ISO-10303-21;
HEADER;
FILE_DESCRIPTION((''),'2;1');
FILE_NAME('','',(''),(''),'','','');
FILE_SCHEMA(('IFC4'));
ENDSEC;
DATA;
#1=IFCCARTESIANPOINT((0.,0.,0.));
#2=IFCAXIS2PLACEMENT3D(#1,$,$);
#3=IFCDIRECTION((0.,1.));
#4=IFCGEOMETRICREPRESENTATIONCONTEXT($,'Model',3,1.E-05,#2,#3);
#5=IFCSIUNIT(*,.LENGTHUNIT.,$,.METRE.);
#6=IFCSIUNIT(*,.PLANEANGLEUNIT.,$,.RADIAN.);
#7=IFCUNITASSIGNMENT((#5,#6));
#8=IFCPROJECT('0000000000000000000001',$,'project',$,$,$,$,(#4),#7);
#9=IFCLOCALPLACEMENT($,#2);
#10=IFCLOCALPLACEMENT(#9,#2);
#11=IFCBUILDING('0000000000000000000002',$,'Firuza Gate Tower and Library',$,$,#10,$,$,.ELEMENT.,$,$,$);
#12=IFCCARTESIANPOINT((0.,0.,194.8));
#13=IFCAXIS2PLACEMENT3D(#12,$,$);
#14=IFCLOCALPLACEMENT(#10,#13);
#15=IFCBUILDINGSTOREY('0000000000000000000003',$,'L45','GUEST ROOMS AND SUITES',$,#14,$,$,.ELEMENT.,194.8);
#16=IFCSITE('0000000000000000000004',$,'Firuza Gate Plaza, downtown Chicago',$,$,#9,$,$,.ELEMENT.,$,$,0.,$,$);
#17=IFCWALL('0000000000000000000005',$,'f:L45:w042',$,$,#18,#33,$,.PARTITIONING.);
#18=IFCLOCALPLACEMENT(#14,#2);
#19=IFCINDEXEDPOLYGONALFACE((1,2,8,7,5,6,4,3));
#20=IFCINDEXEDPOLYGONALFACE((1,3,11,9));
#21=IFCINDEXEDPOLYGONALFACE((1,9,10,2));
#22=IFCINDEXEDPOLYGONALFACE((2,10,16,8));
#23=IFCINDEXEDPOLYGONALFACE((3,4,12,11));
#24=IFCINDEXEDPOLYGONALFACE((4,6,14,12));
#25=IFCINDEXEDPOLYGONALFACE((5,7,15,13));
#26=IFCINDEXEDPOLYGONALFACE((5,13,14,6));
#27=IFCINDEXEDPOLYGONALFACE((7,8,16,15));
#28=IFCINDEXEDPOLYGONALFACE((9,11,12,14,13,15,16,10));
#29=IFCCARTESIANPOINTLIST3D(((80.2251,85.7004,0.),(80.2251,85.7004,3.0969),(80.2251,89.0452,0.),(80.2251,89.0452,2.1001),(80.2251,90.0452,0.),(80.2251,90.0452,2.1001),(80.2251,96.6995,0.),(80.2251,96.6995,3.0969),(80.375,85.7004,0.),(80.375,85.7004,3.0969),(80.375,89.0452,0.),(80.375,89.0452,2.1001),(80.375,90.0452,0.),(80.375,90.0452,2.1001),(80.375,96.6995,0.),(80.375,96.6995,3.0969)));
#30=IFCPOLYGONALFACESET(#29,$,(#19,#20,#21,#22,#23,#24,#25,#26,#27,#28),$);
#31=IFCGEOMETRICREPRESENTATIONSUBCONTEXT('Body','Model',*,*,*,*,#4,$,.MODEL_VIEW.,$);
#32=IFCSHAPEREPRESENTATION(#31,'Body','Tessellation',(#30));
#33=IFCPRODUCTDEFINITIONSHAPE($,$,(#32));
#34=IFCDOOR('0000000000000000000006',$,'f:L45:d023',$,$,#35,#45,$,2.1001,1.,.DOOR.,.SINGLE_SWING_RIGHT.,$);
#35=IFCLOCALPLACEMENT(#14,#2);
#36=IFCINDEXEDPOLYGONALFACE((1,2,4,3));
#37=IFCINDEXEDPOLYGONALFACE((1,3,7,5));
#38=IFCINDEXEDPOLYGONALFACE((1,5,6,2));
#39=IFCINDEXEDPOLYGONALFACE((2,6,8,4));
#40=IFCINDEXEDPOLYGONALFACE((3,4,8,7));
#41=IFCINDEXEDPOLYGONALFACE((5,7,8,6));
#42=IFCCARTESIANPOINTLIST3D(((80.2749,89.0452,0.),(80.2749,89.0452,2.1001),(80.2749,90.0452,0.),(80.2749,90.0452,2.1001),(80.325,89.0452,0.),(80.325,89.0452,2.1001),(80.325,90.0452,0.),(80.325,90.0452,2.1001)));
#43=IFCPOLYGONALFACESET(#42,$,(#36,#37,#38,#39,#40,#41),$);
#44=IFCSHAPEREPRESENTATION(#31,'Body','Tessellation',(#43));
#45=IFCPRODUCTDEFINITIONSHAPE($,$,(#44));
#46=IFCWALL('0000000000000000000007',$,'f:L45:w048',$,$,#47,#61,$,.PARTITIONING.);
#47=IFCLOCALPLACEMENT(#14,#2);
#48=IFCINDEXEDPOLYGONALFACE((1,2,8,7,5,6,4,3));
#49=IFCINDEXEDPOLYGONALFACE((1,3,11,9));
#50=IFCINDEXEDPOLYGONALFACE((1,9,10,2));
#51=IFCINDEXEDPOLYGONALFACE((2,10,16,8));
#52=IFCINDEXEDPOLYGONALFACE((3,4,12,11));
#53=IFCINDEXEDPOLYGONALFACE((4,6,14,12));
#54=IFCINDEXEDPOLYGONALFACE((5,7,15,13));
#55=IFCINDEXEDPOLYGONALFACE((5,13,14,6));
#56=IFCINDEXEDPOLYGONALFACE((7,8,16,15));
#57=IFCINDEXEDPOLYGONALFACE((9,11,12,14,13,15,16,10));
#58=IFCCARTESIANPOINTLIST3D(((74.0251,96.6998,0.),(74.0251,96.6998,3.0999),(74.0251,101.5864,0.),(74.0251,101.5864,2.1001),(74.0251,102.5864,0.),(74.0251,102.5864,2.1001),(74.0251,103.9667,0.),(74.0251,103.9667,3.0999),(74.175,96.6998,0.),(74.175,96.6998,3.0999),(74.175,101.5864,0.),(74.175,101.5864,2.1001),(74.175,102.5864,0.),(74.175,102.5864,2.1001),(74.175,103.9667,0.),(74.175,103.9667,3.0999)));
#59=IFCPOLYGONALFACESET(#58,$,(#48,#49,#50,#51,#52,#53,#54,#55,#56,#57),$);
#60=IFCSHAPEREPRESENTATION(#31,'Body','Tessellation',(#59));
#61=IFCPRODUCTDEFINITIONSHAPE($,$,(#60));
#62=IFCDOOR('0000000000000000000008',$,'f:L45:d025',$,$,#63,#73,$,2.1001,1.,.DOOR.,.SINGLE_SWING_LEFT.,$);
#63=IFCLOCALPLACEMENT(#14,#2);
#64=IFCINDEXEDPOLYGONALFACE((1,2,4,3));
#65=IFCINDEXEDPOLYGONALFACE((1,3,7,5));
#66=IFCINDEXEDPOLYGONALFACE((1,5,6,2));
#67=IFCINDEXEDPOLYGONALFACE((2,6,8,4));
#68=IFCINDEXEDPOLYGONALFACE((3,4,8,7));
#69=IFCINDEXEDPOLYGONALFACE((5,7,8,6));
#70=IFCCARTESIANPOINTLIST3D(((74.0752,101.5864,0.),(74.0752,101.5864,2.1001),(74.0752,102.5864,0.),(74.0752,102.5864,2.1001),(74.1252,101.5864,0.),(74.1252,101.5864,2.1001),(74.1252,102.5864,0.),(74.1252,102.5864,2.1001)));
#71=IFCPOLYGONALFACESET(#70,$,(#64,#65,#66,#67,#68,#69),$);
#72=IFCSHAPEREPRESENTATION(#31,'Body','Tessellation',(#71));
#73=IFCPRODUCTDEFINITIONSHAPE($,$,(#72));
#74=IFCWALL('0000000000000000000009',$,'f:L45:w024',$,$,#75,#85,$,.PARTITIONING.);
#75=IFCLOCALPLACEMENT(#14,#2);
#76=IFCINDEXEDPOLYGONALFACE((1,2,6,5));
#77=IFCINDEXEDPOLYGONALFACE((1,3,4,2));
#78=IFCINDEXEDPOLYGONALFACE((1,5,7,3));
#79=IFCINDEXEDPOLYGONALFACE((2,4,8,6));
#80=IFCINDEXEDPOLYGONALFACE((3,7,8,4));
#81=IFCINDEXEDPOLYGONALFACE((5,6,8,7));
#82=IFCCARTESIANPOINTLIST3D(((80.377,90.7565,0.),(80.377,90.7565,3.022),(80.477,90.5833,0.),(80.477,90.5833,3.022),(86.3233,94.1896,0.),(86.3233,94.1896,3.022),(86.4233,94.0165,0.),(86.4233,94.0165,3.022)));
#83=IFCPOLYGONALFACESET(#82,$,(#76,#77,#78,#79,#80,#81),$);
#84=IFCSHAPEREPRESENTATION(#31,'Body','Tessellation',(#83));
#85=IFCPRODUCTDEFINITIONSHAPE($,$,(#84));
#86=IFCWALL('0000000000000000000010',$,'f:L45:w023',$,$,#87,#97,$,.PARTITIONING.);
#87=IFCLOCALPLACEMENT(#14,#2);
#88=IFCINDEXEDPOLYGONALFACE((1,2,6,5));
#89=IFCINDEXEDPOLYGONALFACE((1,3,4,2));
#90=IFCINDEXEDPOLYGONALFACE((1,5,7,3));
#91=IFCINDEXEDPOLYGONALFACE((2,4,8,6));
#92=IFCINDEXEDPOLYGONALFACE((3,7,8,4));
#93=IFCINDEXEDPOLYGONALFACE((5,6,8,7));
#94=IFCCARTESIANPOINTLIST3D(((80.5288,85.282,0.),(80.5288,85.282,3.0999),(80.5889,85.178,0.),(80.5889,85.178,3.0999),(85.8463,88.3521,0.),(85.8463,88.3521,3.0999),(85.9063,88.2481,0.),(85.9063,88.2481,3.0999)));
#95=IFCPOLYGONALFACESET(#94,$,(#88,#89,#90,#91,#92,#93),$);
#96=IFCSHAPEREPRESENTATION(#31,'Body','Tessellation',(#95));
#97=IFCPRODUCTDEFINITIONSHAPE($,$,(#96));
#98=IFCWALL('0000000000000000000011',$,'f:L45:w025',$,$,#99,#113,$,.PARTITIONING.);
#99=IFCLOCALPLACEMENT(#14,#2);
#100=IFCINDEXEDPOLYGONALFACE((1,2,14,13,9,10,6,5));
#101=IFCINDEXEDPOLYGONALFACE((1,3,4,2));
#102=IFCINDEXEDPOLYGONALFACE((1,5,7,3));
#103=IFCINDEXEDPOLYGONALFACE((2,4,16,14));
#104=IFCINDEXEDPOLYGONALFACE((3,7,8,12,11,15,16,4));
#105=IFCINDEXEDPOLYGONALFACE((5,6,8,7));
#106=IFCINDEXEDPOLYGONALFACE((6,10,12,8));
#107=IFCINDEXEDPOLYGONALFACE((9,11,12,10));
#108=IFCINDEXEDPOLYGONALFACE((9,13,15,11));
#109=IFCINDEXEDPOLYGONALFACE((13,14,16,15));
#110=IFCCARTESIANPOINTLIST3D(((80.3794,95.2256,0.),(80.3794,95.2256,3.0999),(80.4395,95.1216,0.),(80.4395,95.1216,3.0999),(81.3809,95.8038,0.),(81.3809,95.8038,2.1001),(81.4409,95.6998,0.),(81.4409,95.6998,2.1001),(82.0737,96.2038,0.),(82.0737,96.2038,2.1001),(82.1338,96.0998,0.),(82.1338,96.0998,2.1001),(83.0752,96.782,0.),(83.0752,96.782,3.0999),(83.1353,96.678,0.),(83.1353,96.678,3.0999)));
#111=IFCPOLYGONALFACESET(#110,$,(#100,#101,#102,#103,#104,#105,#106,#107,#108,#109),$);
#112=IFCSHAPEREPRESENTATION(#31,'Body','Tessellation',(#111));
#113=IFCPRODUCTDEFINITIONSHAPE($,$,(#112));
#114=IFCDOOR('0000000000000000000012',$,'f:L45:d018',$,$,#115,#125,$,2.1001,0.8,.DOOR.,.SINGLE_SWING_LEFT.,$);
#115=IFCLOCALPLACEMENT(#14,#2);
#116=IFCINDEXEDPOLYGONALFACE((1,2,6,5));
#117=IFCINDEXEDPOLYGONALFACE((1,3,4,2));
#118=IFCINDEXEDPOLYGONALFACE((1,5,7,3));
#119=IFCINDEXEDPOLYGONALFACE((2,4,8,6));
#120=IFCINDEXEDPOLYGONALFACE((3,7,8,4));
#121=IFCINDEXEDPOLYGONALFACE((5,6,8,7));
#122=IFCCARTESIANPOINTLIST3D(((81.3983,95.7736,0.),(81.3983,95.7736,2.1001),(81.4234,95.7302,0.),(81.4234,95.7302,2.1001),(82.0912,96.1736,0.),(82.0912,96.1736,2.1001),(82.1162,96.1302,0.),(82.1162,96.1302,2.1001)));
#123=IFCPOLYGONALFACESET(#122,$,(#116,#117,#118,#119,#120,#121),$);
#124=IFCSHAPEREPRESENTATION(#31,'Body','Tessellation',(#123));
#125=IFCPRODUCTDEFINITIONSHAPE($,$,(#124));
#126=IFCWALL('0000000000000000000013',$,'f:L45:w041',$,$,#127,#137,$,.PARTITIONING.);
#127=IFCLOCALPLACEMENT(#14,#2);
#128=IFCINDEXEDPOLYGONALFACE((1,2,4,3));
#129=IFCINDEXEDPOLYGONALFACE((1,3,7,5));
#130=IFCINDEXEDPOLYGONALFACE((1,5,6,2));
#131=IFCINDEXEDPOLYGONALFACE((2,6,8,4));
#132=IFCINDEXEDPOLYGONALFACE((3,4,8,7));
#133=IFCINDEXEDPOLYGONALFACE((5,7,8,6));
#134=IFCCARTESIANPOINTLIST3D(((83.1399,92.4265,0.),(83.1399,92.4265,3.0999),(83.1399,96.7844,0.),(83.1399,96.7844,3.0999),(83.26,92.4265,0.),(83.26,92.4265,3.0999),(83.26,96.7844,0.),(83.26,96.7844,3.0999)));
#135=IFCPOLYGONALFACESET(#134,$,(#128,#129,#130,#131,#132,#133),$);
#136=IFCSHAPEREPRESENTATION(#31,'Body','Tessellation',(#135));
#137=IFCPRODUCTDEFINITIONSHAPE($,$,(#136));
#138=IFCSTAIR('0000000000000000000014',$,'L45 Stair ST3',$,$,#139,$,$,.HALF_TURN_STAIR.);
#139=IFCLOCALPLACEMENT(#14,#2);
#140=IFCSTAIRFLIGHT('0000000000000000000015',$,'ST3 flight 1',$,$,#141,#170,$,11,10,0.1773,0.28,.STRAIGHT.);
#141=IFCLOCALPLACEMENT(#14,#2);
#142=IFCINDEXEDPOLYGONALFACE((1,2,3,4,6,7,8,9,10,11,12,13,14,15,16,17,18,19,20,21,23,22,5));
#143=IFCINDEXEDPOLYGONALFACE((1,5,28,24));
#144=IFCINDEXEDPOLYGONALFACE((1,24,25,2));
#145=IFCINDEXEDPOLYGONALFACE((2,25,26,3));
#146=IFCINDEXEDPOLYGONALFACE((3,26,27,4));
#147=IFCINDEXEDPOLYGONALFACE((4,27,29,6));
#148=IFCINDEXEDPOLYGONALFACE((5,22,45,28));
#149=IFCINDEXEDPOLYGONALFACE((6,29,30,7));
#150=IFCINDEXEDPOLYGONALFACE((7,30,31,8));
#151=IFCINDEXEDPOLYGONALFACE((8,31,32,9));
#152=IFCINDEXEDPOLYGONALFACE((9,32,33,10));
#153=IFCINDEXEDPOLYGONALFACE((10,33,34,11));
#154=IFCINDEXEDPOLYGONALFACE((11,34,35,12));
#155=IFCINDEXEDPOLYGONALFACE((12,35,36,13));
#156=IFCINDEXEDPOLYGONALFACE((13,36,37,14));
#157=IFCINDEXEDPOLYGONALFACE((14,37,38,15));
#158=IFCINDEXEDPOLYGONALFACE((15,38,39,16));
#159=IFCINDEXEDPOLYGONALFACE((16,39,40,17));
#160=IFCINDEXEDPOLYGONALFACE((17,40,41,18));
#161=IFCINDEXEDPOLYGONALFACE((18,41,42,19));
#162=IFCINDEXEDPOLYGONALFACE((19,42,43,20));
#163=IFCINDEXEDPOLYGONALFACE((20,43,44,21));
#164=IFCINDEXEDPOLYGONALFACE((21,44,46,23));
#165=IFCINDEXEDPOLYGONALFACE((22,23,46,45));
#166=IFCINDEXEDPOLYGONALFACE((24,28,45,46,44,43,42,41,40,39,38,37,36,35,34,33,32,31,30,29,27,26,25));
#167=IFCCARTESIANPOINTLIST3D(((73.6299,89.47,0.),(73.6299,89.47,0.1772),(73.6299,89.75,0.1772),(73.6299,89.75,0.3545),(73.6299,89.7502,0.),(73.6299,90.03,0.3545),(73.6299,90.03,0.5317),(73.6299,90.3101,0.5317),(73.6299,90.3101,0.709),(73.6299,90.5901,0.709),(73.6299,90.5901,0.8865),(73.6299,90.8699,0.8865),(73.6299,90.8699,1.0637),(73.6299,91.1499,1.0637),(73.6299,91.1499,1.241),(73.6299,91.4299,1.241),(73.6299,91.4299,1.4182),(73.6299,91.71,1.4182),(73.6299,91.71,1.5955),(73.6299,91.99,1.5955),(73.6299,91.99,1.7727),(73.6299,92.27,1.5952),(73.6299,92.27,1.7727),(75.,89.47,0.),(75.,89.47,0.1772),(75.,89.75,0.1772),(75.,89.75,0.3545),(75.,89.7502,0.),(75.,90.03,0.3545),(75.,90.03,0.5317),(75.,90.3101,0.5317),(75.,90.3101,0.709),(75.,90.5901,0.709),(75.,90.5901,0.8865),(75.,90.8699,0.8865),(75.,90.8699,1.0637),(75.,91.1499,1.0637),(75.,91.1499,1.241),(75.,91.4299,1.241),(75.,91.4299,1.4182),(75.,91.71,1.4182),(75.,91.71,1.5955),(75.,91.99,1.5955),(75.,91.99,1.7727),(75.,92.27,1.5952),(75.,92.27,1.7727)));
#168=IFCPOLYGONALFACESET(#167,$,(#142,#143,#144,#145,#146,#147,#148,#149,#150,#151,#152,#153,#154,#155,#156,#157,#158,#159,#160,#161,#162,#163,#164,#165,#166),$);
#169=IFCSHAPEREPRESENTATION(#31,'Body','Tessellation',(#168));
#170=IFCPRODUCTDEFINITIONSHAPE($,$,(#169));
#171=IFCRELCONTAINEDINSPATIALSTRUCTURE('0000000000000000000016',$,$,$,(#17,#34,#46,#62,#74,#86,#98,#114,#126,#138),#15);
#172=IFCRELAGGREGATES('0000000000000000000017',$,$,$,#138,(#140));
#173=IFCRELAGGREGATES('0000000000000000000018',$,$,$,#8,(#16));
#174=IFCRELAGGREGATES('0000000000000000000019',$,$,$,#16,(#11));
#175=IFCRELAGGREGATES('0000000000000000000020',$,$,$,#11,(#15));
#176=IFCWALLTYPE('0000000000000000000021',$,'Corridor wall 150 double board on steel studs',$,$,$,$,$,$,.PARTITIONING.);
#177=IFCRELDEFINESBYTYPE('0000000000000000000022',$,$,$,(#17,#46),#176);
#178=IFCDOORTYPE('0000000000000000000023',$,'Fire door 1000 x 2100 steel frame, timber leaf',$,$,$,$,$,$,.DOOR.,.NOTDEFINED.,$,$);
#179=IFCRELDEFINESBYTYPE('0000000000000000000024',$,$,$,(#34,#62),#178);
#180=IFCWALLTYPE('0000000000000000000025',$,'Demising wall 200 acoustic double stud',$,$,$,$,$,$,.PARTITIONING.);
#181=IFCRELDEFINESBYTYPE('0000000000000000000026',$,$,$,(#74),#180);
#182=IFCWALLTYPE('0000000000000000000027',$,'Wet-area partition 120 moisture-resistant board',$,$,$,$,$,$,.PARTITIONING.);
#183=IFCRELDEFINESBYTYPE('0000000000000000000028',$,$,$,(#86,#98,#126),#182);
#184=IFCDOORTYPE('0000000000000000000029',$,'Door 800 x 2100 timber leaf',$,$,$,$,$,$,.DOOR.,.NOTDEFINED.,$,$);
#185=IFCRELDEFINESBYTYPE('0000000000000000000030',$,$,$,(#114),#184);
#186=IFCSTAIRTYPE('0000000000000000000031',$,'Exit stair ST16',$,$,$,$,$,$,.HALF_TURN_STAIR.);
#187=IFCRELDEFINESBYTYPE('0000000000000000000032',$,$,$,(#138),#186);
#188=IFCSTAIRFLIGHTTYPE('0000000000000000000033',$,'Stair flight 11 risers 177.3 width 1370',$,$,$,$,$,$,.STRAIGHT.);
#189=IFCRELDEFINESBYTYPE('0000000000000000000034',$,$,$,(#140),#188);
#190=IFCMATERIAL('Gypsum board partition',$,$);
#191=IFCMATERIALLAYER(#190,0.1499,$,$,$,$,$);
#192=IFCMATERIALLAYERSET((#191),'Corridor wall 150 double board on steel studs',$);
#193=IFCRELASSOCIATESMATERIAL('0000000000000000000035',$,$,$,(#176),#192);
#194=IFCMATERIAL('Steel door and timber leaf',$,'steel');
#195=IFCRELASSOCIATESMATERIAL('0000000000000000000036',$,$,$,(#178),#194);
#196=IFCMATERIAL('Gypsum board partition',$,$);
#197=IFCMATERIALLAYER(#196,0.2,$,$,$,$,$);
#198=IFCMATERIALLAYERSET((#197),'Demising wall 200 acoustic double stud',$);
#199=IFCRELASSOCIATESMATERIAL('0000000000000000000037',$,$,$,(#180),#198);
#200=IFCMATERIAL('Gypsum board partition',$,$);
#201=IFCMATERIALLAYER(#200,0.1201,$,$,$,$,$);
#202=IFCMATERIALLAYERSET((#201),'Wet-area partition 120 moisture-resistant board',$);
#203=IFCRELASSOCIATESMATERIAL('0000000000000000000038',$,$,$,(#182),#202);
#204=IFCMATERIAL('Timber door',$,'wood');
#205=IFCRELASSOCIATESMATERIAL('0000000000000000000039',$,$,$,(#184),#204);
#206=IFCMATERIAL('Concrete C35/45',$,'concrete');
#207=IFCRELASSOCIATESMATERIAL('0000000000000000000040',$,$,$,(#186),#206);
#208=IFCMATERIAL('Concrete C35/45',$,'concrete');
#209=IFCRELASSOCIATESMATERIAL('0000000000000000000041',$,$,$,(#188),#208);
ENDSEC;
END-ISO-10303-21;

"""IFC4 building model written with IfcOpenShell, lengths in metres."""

from ifc_helpers import new_model, si_unit, direction, frame, frame_2d, origin, place, context, subcontext, project, spatial, polyline, rectangle, outline, extrude, material, layer, layer_set, type_object, element, fill, aggregate, save


model = new_model("IFC4")

# Units and contexts
model_context = context("Model", 3, precision=1e-05, world=origin(), true_north=direction((0.0, 1.0)))
body_context = subcontext(model_context, "Body", "Model", "MODEL_VIEW")
ifc_project = project(units=[si_unit("LENGTHUNIT", "METRE"), si_unit("PLANEANGLEUNIT", "RADIAN")], contexts=[model_context])

# Site, building, storey
site_placement = place(None, origin())
site = spatial("IfcSite", under=ifc_project, at=site_placement, Name="Firuza Gate Plaza, downtown Chicago", CompositionType="ELEMENT", RefElevation=0.0)
building_placement = place(site_placement, origin())
building = spatial("IfcBuilding", under=site, at=building_placement, Name="Firuza Gate Tower and Library", CompositionType="ELEMENT")
storey_placement = place(building_placement, frame((0.0, 0.0, 194.8)))
storey = spatial("IfcBuildingStorey", under=building, at=storey_placement, Name="L45", Description="GUEST ROOMS AND SUITES", CompositionType="ELEMENT", Elevation=194.8)

# Shared definitions
placement = place(storey_placement, origin())

# Walls, openings, doors
ifc_material_1 = material(Name="Gypsum board partition")
ifc_layer_1 = layer(ifc_material_1, 0.1499)
ifc_layer_set_1 = layer_set([ifc_layer_1], Name="Corridor wall 150 double board on steel studs")
wall_type_1 = type_object("IfcWallType", Name="Corridor wall 150 double board on steel studs", PredefinedType="PARTITIONING", material=ifc_layer_set_1)
ifc_material_2 = material(Name="Steel door and timber leaf", Category="steel")
door_type_1 = type_object("IfcDoorType", Name="Fire door 1000 x 2100 steel frame, timber leaf", OperationType="NOTDEFINED", PredefinedType="DOOR", material=ifc_material_2)
wall_1_placement = place(storey_placement, frame((80.3, 96.6995, 0.0), z_axis=(0.0, 0.0, 1.0), x_axis=(0.0, -1.0, 0.0)))
wall_1 = element("IfcWall", 1, at=wall_1_placement, inside=storey, type_object=wall_type_1, Name="f:L45:w042", PredefinedType="PARTITIONING", context=body_context, shape_type="SweptSolid", body=[
    extrude(rectangle(XDim=10.999, YDim=0.1499, at=frame_2d((5.4995, 0.0))), origin(), (0.0, 0.0, 1.0), 3.0969),
])
opening_1_placement = place(wall_1_placement, frame((6.6543, 0.0, 0.0)))
opening_1 = element("IfcOpeningElement", 2, at=opening_1_placement, cuts=wall_1, PredefinedType="OPENING", context=body_context, shape_type="SweptSolid", body=[
    extrude(rectangle(XDim=1.0, YDim=2.1001, at=frame_2d((0.5, 1.05))), frame((0.0, 0.085, 0.0), z_axis=(0.0, -1.0, 0.0), x_axis=(1.0, 0.0, 0.0)), (0.0, 0.0, 1.0), 0.1699),
])
door_1_placement = place(opening_1_placement, origin())
door_1 = element("IfcDoor", 3, at=door_1_placement, inside=storey, type_object=door_type_1, Name="f:L45:d023", OperationType="SINGLE_SWING_RIGHT", OverallHeight=2.1001, OverallWidth=1.0, PredefinedType="DOOR", context=body_context, shape_type="SweptSolid", body=[
    extrude(rectangle(XDim=1.0, YDim=2.1001, at=frame_2d((0.5, 1.05))), frame((0.0, 0.0249, 0.0), z_axis=(0.0, -1.0, 0.0), x_axis=(1.0, 0.0, 0.0)), (0.0, 0.0, 1.0), 0.05),
])
fill(opening_1, door_1)
wall_2_placement = place(storey_placement, frame((74.1001, 96.7, 0.0), z_axis=(0.0, 0.0, 1.0), x_axis=(0.0, 1.0, 0.0)))
wall_2 = element("IfcWall", 4, at=wall_2_placement, inside=storey, type_object=wall_type_1, Name="f:L45:w048", PredefinedType="PARTITIONING", context=body_context, shape_type="SweptSolid", body=[
    extrude(rectangle(XDim=7.2668, YDim=0.1499, at=frame_2d((3.6333, 0.0))), origin(), (0.0, 0.0, 1.0), 3.0999),
])
opening_2_placement = place(wall_2_placement, frame((4.8865, 0.0, 0.0)))
opening_2 = element("IfcOpeningElement", 5, at=opening_2_placement, cuts=wall_2, PredefinedType="OPENING", context=body_context, shape_type="SweptSolid", body=[
    extrude(rectangle(XDim=1.0, YDim=2.1001, at=frame_2d((0.5, 1.05))), frame((0.0, 0.085, 0.0), z_axis=(0.0, -1.0, 0.0), x_axis=(1.0, 0.0, 0.0)), (0.0, 0.0, 1.0), 0.1699),
])
door_2_placement = place(opening_2_placement, origin())
door_2 = element("IfcDoor", 6, at=door_2_placement, inside=storey, type_object=door_type_1, Name="f:L45:d025", OperationType="SINGLE_SWING_LEFT", OverallHeight=2.1001, OverallWidth=1.0, PredefinedType="DOOR", context=body_context, shape_type="SweptSolid", body=[
    extrude(rectangle(XDim=1.0, YDim=2.1001, at=frame_2d((0.5, 1.05))), frame((0.0, 0.0249, 0.0), z_axis=(0.0, -1.0, 0.0), x_axis=(1.0, 0.0, 0.0)), (0.0, 0.0, 1.0), 0.05),
])
fill(opening_2, door_2)

# Walls
ifc_material_3 = material(Name="Gypsum board partition")
ifc_layer_2 = layer(ifc_material_3, 0.2)
ifc_layer_set_2 = layer_set([ifc_layer_2], Name="Demising wall 200 acoustic double stud")
wall_type_2 = type_object("IfcWallType", Name="Demising wall 200 acoustic double stud", PredefinedType="PARTITIONING", material=ifc_layer_set_2)
wall_3_placement = place(storey_placement, frame((80.427, 90.6699, 0.0), z_axis=(0.0, 0.0, 1.0), x_axis=(0.866025, 0.500002, 0.0)))
element("IfcWall", 7, at=wall_3_placement, inside=storey, type_object=wall_type_2, Name="f:L45:w024", PredefinedType="PARTITIONING", context=body_context, shape_type="SweptSolid", body=[
    extrude(rectangle(XDim=6.8662, YDim=0.2, at=frame_2d((3.4331, 0.0))), origin(), (0.0, 0.0, 1.0), 3.022),
])
ifc_material_4 = material(Name="Gypsum board partition")
ifc_layer_3 = layer(ifc_material_4, 0.1201)
ifc_layer_set_3 = layer_set([ifc_layer_3], Name="Wet-area partition 120 moisture-resistant board")
wall_type_3 = type_object("IfcWallType", Name="Wet-area partition 120 moisture-resistant board", PredefinedType="PARTITIONING", material=ifc_layer_set_3)
wall_4_placement = place(storey_placement, frame((80.5588, 85.23, 0.0), z_axis=(0.0, 0.0, 1.0), x_axis=(0.86602, 0.500009, 0.0)))
element("IfcWall", 8, at=wall_4_placement, inside=storey, type_object=wall_type_3, Name="f:L45:w023", PredefinedType="PARTITIONING", context=body_context, shape_type="SweptSolid", body=[
    extrude(rectangle(XDim=6.1401, YDim=0.1201, at=frame_2d((3.0701, 0.0))), origin(), (0.0, 0.0, 1.0), 3.0999),
])

# Wall, opening, door
wall_5_placement = place(storey_placement, frame((83.1052, 96.73, 0.0), z_axis=(0.0, 0.0, 1.0), x_axis=(-0.866029, -0.499994, 0.0)))
wall_5 = element("IfcWall", 9, at=wall_5_placement, inside=storey, type_object=wall_type_3, Name="f:L45:w025", PredefinedType="PARTITIONING", context=body_context, shape_type="SweptSolid", body=[
    extrude(rectangle(XDim=3.1128, YDim=0.1201, at=frame_2d((1.5564, 0.0))), origin(), (0.0, 0.0, 1.0), 3.0999),
])
opening_3_placement = place(wall_5_placement, frame((1.1565, 0.0, 0.0)))
opening_3 = element("IfcOpeningElement", 10, at=opening_3_placement, cuts=wall_5, PredefinedType="OPENING", context=body_context, shape_type="SweptSolid", body=[
    extrude(rectangle(XDim=0.8, YDim=2.1001, at=frame_2d((0.3999, 1.05))), frame((0.0, 0.0701, 0.0), z_axis=(0.0, -1.0, 0.0), x_axis=(1.0, 0.0, 0.0)), (0.0, 0.0, 1.0), 0.1401),
])
ifc_material_5 = material(Name="Timber door", Category="wood")
door_type_2 = type_object("IfcDoorType", Name="Door 800 x 2100 timber leaf", OperationType="NOTDEFINED", PredefinedType="DOOR", material=ifc_material_5)
door_3_placement = place(opening_3_placement, origin())
door_3 = element("IfcDoor", 11, at=door_3_placement, inside=storey, type_object=door_type_2, Name="f:L45:d018", OperationType="SINGLE_SWING_LEFT", OverallHeight=2.1001, OverallWidth=0.8, PredefinedType="DOOR", context=body_context, shape_type="SweptSolid", body=[
    extrude(rectangle(XDim=0.8, YDim=2.1001, at=frame_2d((0.3999, 1.05))), frame((0.0, 0.0249, 0.0), z_axis=(0.0, -1.0, 0.0), x_axis=(1.0, 0.0, 0.0)), (0.0, 0.0, 1.0), 0.05),
])
fill(opening_3, door_3)

# Wall
wall_6_placement = place(storey_placement, frame((83.2, 92.4265, 0.0), z_axis=(0.0, 0.0, 1.0), x_axis=(0.0, 1.0, 0.0)))
element("IfcWall", 12, at=wall_6_placement, inside=storey, type_object=wall_type_3, Name="f:L45:w041", PredefinedType="PARTITIONING", context=body_context, shape_type="SweptSolid", body=[
    extrude(rectangle(XDim=4.3579, YDim=0.1201, at=frame_2d((2.179, 0.0))), origin(), (0.0, 0.0, 1.0), 3.0999),
])

# Stair, stair flight
ifc_material_6 = material(Name="Concrete C35/45", Category="concrete")
stair_type = type_object("IfcStairType", Name="Exit stair ST16", PredefinedType="HALF_TURN_STAIR", material=ifc_material_6)
stair = element("IfcStair", 13, at=placement, inside=storey, type_object=stair_type, Name="L45 Stair ST3", PredefinedType="HALF_TURN_STAIR")
ifc_material_7 = material(Name="Concrete C35/45", Category="concrete")
stair_flight_type = type_object("IfcStairFlightType", Name="Stair flight 11 risers 177.3 width 1370", PredefinedType="STRAIGHT", material=ifc_material_7)
stair_flight_placement = place(storey_placement, frame((74.3149, 89.47, 0.0), z_axis=(0.0, 0.0, 1.0), x_axis=(0.0, 1.0, 0.0)))
stair_flight = element("IfcStairFlight", 14, at=stair_flight_placement, type_object=stair_flight_type, Name="ST3 flight 1", NumberOfRisers=11, NumberOfTreads=10, PredefinedType="STRAIGHT", RiserHeight=0.1773, TreadLength=0.28, context=body_context, shape_type="SweptSolid", body=[
    extrude(outline(polyline([(0.0, 0.0), (0.0, 0.1772), (0.28, 0.1772), (0.28, 0.3545), (0.5601, 0.3545), (0.5601, 0.5317), (0.8401, 0.5317), (0.8401, 0.709), (1.1201, 0.709), (1.1201, 0.8865), (1.3999, 0.8865), (1.3999, 1.0637), (1.6799, 1.0637), (1.6799, 1.241), (1.96, 1.241), (1.96, 1.4182), (2.24, 1.4182), (2.24, 1.5955), (2.52, 1.5955), (2.52, 1.7727), (2.8, 1.7727), (2.8, 1.95), (2.8, 1.5952), (0.2803, 0.0), (0.0, 0.0)])), frame((0.0, 0.6851, 0.0), z_axis=(0.0, -1.0, 0.0), x_axis=(1.0, 0.0, 0.0)), (0.0, 0.0, 1.0), 1.3701),
])
aggregate(stair, [stair_flight])

save(model, "model.ifc")
